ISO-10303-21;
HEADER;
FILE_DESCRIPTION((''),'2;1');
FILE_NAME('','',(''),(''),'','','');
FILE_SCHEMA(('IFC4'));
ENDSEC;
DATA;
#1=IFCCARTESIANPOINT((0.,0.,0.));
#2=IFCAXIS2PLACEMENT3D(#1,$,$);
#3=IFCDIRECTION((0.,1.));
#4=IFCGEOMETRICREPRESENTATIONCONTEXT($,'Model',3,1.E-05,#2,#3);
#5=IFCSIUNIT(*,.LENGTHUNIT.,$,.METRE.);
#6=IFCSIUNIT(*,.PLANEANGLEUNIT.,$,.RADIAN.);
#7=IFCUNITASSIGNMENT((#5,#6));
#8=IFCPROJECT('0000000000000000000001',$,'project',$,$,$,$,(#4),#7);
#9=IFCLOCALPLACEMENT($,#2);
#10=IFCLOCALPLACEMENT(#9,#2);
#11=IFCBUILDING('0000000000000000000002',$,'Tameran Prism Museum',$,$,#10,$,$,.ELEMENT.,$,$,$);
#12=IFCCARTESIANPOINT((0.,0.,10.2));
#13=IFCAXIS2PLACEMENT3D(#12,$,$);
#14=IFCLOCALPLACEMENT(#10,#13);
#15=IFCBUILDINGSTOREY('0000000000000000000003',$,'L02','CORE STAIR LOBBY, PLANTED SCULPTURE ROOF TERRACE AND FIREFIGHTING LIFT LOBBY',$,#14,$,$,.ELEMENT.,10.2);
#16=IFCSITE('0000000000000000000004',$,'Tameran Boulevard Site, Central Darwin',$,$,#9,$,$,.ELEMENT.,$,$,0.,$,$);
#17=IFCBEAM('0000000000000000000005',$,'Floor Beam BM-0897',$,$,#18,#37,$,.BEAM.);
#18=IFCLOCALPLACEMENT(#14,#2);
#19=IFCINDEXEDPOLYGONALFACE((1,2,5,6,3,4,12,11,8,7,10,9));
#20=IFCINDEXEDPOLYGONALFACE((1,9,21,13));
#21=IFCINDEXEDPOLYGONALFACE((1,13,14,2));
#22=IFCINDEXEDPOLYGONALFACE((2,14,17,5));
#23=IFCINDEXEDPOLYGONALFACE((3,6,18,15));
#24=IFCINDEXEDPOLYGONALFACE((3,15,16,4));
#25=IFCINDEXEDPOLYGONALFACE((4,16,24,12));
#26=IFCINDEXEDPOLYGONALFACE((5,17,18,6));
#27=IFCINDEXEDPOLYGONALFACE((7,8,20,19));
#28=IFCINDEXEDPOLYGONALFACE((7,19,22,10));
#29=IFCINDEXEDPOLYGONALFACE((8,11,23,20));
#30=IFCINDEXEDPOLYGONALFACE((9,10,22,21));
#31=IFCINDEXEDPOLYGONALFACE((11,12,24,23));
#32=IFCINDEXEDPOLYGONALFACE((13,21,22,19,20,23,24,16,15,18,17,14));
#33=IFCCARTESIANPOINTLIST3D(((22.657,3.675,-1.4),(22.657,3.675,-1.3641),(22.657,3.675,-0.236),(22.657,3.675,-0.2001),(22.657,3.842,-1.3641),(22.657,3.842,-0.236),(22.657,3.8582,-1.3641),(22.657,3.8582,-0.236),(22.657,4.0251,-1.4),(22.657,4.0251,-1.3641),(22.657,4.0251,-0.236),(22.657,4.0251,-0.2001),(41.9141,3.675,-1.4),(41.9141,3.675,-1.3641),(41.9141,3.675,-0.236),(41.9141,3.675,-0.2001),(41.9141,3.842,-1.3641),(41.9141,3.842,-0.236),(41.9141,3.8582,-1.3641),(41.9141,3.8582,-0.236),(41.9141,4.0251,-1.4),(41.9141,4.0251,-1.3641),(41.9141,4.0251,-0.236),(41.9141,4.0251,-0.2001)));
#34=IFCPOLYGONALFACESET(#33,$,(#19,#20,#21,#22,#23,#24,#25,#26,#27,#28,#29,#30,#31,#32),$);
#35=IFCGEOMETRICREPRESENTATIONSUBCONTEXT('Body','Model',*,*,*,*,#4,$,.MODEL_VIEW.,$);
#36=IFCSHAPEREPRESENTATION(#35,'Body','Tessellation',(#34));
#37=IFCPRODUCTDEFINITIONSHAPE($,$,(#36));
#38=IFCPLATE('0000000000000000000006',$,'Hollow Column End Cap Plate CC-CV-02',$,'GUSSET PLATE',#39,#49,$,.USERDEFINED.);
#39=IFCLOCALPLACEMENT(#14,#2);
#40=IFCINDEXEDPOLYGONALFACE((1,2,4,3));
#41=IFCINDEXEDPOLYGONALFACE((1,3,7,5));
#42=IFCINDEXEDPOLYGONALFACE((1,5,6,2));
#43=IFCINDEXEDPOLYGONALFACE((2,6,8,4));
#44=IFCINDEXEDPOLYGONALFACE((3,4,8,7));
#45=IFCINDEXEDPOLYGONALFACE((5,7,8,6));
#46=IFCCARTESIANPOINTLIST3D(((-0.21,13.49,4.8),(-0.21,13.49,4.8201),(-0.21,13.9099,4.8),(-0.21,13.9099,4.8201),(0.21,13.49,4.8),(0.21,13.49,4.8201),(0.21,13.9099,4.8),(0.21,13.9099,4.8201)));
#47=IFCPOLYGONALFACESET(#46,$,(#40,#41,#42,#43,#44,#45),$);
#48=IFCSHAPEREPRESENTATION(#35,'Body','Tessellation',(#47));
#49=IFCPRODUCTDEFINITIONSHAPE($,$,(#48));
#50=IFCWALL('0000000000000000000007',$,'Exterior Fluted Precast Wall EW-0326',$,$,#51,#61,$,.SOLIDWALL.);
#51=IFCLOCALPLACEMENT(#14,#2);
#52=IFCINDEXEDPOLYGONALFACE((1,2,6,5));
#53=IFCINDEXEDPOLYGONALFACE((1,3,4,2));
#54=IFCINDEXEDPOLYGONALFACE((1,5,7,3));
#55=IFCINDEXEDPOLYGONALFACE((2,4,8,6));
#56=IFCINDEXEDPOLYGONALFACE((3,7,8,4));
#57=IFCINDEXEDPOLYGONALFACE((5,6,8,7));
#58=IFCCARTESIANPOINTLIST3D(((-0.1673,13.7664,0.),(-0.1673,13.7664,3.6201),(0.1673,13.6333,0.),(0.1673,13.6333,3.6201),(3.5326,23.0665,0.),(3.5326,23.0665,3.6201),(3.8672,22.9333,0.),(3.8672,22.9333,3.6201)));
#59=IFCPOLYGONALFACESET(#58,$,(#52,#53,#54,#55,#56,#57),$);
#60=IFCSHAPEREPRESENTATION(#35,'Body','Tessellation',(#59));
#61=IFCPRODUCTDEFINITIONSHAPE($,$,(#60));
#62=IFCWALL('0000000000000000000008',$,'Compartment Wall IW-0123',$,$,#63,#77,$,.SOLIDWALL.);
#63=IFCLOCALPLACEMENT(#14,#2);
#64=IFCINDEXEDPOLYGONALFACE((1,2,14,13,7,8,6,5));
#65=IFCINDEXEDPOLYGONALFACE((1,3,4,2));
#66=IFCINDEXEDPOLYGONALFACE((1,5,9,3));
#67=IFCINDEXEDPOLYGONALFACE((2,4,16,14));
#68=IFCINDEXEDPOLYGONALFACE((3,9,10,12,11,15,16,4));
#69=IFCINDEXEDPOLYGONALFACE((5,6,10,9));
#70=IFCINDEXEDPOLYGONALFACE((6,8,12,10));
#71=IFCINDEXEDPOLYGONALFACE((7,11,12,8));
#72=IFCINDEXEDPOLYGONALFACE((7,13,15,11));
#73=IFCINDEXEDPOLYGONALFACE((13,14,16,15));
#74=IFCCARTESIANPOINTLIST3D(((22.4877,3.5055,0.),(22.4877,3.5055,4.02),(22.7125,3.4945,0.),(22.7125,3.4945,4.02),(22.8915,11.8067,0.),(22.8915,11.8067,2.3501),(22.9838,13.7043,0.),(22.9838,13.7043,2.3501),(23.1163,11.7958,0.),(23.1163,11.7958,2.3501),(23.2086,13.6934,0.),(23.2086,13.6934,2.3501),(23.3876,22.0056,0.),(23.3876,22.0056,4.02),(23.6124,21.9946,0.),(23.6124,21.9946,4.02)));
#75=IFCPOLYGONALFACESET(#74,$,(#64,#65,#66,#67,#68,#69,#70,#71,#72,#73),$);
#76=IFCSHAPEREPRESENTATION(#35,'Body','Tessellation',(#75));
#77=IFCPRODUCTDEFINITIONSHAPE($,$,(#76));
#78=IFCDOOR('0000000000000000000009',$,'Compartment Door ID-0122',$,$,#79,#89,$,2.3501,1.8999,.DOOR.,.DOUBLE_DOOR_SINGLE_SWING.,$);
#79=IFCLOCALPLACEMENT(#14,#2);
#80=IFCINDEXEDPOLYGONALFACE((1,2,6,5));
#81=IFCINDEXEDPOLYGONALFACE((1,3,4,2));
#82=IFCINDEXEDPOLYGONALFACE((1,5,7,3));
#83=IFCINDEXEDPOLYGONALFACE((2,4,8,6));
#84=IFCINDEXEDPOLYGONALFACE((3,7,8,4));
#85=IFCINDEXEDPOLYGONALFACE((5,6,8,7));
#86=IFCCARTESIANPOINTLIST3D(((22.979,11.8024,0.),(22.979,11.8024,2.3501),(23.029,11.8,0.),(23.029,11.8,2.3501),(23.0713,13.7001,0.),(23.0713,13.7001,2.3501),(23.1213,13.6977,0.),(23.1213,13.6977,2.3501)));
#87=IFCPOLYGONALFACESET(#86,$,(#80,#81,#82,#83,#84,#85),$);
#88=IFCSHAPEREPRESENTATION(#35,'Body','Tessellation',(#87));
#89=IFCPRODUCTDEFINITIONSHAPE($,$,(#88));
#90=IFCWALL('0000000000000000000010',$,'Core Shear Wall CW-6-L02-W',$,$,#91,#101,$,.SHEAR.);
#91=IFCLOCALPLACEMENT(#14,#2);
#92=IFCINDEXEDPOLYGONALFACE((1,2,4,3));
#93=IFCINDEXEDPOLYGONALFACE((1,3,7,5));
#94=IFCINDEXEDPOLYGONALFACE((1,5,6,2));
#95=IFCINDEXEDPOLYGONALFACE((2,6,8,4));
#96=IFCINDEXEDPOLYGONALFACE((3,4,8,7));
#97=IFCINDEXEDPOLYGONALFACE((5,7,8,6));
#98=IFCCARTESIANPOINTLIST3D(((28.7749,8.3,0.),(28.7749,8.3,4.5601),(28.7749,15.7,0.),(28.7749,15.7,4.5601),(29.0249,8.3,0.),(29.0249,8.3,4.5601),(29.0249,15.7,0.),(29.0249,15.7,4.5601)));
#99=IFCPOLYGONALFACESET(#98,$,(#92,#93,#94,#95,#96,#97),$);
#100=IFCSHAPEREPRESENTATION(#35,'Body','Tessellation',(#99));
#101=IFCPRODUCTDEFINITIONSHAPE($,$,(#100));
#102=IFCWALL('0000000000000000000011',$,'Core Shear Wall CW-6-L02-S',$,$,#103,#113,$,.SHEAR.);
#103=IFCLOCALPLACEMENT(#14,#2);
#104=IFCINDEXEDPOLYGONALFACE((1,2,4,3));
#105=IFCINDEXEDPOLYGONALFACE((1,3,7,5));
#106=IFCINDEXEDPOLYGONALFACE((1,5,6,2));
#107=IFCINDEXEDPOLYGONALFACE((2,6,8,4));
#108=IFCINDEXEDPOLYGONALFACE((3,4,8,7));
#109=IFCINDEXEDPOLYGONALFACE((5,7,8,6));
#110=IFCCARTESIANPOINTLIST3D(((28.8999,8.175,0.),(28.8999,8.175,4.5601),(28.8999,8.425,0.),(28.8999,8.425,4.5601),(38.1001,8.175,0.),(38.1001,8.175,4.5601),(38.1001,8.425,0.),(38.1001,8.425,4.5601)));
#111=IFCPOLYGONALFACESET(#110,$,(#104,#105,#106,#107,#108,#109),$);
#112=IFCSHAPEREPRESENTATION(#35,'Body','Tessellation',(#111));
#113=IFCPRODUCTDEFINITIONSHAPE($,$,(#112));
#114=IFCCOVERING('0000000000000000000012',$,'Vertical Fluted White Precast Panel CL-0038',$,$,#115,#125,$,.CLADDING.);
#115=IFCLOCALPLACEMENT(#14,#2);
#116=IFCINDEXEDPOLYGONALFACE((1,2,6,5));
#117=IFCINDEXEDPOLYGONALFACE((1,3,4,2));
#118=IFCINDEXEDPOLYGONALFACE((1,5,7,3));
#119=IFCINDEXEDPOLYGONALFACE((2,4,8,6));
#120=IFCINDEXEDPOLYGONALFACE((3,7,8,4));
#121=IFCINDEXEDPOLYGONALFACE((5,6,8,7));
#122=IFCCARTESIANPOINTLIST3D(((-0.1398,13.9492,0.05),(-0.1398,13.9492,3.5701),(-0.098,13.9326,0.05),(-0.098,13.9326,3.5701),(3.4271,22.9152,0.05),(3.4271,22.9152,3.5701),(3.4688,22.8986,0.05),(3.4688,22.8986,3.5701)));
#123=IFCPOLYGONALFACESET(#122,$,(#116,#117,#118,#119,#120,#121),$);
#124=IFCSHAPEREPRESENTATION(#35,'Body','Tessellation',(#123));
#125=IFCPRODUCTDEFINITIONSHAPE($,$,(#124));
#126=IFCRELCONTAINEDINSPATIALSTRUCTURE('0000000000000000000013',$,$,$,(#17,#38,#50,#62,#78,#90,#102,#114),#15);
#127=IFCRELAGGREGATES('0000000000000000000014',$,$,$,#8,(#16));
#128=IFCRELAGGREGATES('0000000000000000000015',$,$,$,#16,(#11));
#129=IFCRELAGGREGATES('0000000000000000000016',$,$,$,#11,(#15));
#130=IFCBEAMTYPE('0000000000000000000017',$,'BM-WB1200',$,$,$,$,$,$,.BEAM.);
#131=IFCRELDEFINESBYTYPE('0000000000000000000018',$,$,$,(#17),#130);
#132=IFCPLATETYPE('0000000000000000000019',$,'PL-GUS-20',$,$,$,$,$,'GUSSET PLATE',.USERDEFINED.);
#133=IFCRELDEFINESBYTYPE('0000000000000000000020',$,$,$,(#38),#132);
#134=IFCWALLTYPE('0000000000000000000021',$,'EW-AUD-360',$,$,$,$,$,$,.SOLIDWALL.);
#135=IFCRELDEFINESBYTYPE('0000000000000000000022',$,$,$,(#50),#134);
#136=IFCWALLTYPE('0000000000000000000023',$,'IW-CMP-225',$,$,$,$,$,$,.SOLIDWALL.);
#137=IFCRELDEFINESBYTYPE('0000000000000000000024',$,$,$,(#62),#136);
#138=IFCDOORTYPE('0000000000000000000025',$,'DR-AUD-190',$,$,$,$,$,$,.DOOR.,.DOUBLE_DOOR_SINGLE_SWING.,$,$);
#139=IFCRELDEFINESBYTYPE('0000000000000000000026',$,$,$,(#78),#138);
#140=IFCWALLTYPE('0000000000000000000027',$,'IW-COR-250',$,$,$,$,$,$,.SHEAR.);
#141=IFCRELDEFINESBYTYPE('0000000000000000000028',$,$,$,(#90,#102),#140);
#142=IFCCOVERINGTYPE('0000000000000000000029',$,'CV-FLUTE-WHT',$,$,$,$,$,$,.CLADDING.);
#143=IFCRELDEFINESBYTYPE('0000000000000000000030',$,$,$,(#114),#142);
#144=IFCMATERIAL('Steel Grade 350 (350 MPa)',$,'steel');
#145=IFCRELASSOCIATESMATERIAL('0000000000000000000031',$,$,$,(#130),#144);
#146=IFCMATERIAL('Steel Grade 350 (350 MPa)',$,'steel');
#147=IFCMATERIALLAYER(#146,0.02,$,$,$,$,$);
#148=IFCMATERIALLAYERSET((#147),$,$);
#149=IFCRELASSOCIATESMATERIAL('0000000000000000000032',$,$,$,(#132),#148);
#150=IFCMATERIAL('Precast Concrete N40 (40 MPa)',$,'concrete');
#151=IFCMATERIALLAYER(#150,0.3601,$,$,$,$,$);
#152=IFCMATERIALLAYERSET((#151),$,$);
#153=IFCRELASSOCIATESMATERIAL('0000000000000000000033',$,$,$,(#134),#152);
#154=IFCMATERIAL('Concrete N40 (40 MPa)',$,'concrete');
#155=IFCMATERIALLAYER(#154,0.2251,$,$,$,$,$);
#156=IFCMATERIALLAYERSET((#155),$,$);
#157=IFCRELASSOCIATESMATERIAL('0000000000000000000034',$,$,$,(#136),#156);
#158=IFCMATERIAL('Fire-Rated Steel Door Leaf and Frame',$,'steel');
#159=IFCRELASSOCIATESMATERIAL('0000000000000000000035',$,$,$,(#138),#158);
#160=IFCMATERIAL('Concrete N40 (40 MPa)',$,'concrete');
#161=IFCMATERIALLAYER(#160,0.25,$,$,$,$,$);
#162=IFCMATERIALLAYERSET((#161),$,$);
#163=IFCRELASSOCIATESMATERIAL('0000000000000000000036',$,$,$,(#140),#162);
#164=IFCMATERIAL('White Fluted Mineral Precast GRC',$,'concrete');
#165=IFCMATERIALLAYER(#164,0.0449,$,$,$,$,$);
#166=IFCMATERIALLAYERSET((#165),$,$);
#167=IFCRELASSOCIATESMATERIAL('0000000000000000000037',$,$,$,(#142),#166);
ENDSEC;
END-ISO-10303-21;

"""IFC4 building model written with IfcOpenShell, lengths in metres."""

from ifc_helpers import new_model, si_unit, direction, frame, frame_2d, origin, origin_2d, place, context, subcontext, project, spatial, rectangle, i_section, extrude, material, layer, layer_set, material_profile, profile_set, type_object, element, fill, save


model = new_model("IFC4")

# Units and contexts
model_context = context("Model", 3, precision=1e-05, world=origin(), true_north=direction((0.0, 1.0)))
body_context = subcontext(model_context, "Body", "Model", "MODEL_VIEW")
ifc_project = project(units=[si_unit("LENGTHUNIT", "METRE"), si_unit("PLANEANGLEUNIT", "RADIAN")], contexts=[model_context])

# Site, building, storey
site_placement = place(None, origin())
site = spatial("IfcSite", under=ifc_project, at=site_placement, Name="Tameran Boulevard Site, Central Darwin", CompositionType="ELEMENT", RefElevation=0.0)
building_placement = place(site_placement, origin())
building = spatial("IfcBuilding", under=site, at=building_placement, Name="Tameran Prism Museum", CompositionType="ELEMENT")
storey_placement = place(building_placement, frame((0.0, 0.0, 10.2)))
storey = spatial("IfcBuildingStorey", under=building, at=storey_placement, Name="L02", Description="CORE STAIR LOBBY, PLANTED SCULPTURE ROOF TERRACE AND FIREFIGHTING LIFT LOBBY", CompositionType="ELEMENT", Elevation=10.2)

# Beam
ifc_material_1 = material(Name="Steel Grade 350 (350 MPa)", Category="steel")
ifc_material_profile_1 = material_profile(ifc_material_1, i_section(OverallWidth=0.3501, OverallDepth=1.2, WebThickness=0.0161, FlangeThickness=0.0359, at=origin_2d()))
ifc_profile_set_1 = profile_set([ifc_material_profile_1])
beam_type_1 = type_object("IfcBeamType", Name="BM-WB1200", PredefinedType="BEAM", material=ifc_profile_set_1)
beam_1_placement = place(storey_placement, frame((22.657, 3.8501, -0.8), z_axis=(1.0, 0.0, 0.0), x_axis=(0.0, 1.0, 0.0)))
element("IfcBeam", 1, at=beam_1_placement, inside=storey, type_object=beam_type_1, Name="Floor Beam BM-0897", PredefinedType="BEAM", context=body_context, shape_type="SweptSolid", body=[
    extrude(i_section(OverallWidth=0.3501, OverallDepth=1.2, WebThickness=0.0161, FlangeThickness=0.0359, at=origin_2d()), origin(), (0.0, 0.0, 1.0), 19.2571),
])

# Plate
ifc_material_2 = material(Name="Steel Grade 350 (350 MPa)", Category="steel")
ifc_layer_1 = layer(ifc_material_2, 0.02)
ifc_layer_set_1 = layer_set([ifc_layer_1])
plate_type = type_object("IfcPlateType", Name="PL-GUS-20", ElementType="GUSSET PLATE", PredefinedType="USERDEFINED", material=ifc_layer_set_1)
plate_placement = place(storey_placement, frame((0.0, 13.7, 4.8), z_axis=(0.0, 0.0, 1.0), x_axis=(1.0, 0.0, 0.0)))
element("IfcPlate", 2, at=plate_placement, inside=storey, type_object=plate_type, Name="Hollow Column End Cap Plate CC-CV-02", ObjectType="GUSSET PLATE", PredefinedType="USERDEFINED", context=body_context, shape_type="SweptSolid", body=[
    extrude(rectangle(XDim=0.4199, YDim=0.4199, at=origin_2d()), origin(), (0.0, 0.0, 1.0), 0.02),
])

# Wall
ifc_material_3 = material(Name="Precast Concrete N40 (40 MPa)", Category="concrete")
ifc_layer_2 = layer(ifc_material_3, 0.3601)
ifc_layer_set_2 = layer_set([ifc_layer_2])
wall_type_1 = type_object("IfcWallType", Name="EW-AUD-360", PredefinedType="SOLIDWALL", material=ifc_layer_set_2)
wall_1_placement = place(storey_placement, frame((0.0, 13.7, 0.0), z_axis=(0.0, 0.0, 1.0), x_axis=(0.369662, 0.929166, 0.0)))
element("IfcWall", 3, at=wall_1_placement, inside=storey, type_object=wall_type_1, Name="Exterior Fluted Precast Wall EW-0326", PredefinedType="SOLIDWALL", context=body_context, shape_type="SweptSolid", body=[
    extrude(rectangle(XDim=10.009, YDim=0.3601, at=frame_2d((5.0044, 0.0))), origin(), (0.0, 0.0, 1.0), 3.6201),
])

# Wall, opening, door
ifc_material_4 = material(Name="Concrete N40 (40 MPa)", Category="concrete")
ifc_layer_3 = layer(ifc_material_4, 0.2251)
ifc_layer_set_3 = layer_set([ifc_layer_3])
wall_type_2 = type_object("IfcWallType", Name="IW-CMP-225", PredefinedType="SOLIDWALL", material=ifc_layer_set_3)
wall_2_placement = place(storey_placement, frame((22.6001, 3.5, 0.0), z_axis=(0.0, 0.0, 1.0), x_axis=(0.048586, 0.998819, 0.0)))
wall_2 = element("IfcWall", 4, at=wall_2_placement, inside=storey, type_object=wall_type_2, Name="Compartment Wall IW-0123", PredefinedType="SOLIDWALL", context=body_context, shape_type="SweptSolid", body=[
    extrude(rectangle(XDim=18.522, YDim=0.2251, at=frame_2d((9.261, 0.0))), origin(), (0.0, 0.0, 1.0), 4.02),
])
opening_placement = place(wall_2_placement, frame((8.311, 0.0, 0.0)))
opening = element("IfcOpeningElement", 5, at=opening_placement, cuts=wall_2, PredefinedType="OPENING", context=body_context, shape_type="SweptSolid", body=[
    extrude(rectangle(XDim=1.8999, YDim=2.3501, at=frame_2d((0.95, 1.175))), frame((0.0, 0.1226, 0.0), z_axis=(0.0, -1.0, 0.0), x_axis=(1.0, 0.0, 0.0)), (0.0, 0.0, 1.0), 0.2451),
])
ifc_material_5 = material(Name="Fire-Rated Steel Door Leaf and Frame", Category="steel")
door_type = type_object("IfcDoorType", Name="DR-AUD-190", OperationType="DOUBLE_DOOR_SINGLE_SWING", PredefinedType="DOOR", material=ifc_material_5)
door_placement = place(opening_placement, origin())
door = element("IfcDoor", 6, at=door_placement, inside=storey, type_object=door_type, Name="Compartment Door ID-0122", OperationType="DOUBLE_DOOR_SINGLE_SWING", OverallHeight=2.3501, OverallWidth=1.8999, PredefinedType="DOOR", context=body_context, shape_type="SweptSolid", body=[
    extrude(rectangle(XDim=1.8999, YDim=2.3501, at=frame_2d((0.95, 1.175))), frame((0.0, 0.0249, 0.0), z_axis=(0.0, -1.0, 0.0), x_axis=(1.0, 0.0, 0.0)), (0.0, 0.0, 1.0), 0.05),
])
fill(opening, door)

# Walls
ifc_material_6 = material(Name="Concrete N40 (40 MPa)", Category="concrete")
ifc_layer_4 = layer(ifc_material_6, 0.25)
ifc_layer_set_4 = layer_set([ifc_layer_4])
wall_type_3 = type_object("IfcWallType", Name="IW-COR-250", PredefinedType="SHEAR", material=ifc_layer_set_4)
wall_3_placement = place(storey_placement, frame((28.8999, 8.3, 0.0), z_axis=(0.0, 0.0, 1.0), x_axis=(0.0, 1.0, 0.0)))
element("IfcWall", 7, at=wall_3_placement, inside=storey, type_object=wall_type_3, Name="Core Shear Wall CW-6-L02-W", PredefinedType="SHEAR", context=body_context, shape_type="SweptSolid", body=[
    extrude(rectangle(XDim=7.3999, YDim=0.25, at=frame_2d((3.7, 0.0))), origin(), (0.0, 0.0, 1.0), 4.5601),
])
wall_4_placement = place(storey_placement, frame((38.1001, 8.3, 0.0), z_axis=(0.0, 0.0, 1.0), x_axis=(-1.0, 0.0, 0.0)))
element("IfcWall", 8, at=wall_4_placement, inside=storey, type_object=wall_type_3, Name="Core Shear Wall CW-6-L02-S", PredefinedType="SHEAR", context=body_context, shape_type="SweptSolid", body=[
    extrude(rectangle(XDim=9.2002, YDim=0.25, at=frame_2d((4.6001, 0.0))), origin(), (0.0, 0.0, 1.0), 4.5601),
])

# Covering
ifc_material_7 = material(Name="White Fluted Mineral Precast GRC", Category="concrete")
ifc_layer_5 = layer(ifc_material_7, 0.0449)
ifc_layer_set_5 = layer_set([ifc_layer_5])
covering_type = type_object("IfcCoveringType", Name="CV-FLUTE-WHT", PredefinedType="CLADDING", material=ifc_layer_set_5)
covering_placement = place(storey_placement, frame((-0.1189, 13.9409, 0.05), z_axis=(0.0, 0.0, 1.0), x_axis=(0.369645, 0.929173, 0.0)))
element("IfcCovering", 9, at=covering_placement, inside=storey, type_object=covering_type, Name="Vertical Fluted White Precast Panel CL-0038", PredefinedType="CLADDING", context=body_context, shape_type="SweptSolid", body=[
    extrude(rectangle(XDim=9.6494, YDim=0.0449, at=frame_2d((4.8247, 0.0))), origin(), (0.0, 0.0, 1.0), 3.52),
])

save(model, "model.ifc")
